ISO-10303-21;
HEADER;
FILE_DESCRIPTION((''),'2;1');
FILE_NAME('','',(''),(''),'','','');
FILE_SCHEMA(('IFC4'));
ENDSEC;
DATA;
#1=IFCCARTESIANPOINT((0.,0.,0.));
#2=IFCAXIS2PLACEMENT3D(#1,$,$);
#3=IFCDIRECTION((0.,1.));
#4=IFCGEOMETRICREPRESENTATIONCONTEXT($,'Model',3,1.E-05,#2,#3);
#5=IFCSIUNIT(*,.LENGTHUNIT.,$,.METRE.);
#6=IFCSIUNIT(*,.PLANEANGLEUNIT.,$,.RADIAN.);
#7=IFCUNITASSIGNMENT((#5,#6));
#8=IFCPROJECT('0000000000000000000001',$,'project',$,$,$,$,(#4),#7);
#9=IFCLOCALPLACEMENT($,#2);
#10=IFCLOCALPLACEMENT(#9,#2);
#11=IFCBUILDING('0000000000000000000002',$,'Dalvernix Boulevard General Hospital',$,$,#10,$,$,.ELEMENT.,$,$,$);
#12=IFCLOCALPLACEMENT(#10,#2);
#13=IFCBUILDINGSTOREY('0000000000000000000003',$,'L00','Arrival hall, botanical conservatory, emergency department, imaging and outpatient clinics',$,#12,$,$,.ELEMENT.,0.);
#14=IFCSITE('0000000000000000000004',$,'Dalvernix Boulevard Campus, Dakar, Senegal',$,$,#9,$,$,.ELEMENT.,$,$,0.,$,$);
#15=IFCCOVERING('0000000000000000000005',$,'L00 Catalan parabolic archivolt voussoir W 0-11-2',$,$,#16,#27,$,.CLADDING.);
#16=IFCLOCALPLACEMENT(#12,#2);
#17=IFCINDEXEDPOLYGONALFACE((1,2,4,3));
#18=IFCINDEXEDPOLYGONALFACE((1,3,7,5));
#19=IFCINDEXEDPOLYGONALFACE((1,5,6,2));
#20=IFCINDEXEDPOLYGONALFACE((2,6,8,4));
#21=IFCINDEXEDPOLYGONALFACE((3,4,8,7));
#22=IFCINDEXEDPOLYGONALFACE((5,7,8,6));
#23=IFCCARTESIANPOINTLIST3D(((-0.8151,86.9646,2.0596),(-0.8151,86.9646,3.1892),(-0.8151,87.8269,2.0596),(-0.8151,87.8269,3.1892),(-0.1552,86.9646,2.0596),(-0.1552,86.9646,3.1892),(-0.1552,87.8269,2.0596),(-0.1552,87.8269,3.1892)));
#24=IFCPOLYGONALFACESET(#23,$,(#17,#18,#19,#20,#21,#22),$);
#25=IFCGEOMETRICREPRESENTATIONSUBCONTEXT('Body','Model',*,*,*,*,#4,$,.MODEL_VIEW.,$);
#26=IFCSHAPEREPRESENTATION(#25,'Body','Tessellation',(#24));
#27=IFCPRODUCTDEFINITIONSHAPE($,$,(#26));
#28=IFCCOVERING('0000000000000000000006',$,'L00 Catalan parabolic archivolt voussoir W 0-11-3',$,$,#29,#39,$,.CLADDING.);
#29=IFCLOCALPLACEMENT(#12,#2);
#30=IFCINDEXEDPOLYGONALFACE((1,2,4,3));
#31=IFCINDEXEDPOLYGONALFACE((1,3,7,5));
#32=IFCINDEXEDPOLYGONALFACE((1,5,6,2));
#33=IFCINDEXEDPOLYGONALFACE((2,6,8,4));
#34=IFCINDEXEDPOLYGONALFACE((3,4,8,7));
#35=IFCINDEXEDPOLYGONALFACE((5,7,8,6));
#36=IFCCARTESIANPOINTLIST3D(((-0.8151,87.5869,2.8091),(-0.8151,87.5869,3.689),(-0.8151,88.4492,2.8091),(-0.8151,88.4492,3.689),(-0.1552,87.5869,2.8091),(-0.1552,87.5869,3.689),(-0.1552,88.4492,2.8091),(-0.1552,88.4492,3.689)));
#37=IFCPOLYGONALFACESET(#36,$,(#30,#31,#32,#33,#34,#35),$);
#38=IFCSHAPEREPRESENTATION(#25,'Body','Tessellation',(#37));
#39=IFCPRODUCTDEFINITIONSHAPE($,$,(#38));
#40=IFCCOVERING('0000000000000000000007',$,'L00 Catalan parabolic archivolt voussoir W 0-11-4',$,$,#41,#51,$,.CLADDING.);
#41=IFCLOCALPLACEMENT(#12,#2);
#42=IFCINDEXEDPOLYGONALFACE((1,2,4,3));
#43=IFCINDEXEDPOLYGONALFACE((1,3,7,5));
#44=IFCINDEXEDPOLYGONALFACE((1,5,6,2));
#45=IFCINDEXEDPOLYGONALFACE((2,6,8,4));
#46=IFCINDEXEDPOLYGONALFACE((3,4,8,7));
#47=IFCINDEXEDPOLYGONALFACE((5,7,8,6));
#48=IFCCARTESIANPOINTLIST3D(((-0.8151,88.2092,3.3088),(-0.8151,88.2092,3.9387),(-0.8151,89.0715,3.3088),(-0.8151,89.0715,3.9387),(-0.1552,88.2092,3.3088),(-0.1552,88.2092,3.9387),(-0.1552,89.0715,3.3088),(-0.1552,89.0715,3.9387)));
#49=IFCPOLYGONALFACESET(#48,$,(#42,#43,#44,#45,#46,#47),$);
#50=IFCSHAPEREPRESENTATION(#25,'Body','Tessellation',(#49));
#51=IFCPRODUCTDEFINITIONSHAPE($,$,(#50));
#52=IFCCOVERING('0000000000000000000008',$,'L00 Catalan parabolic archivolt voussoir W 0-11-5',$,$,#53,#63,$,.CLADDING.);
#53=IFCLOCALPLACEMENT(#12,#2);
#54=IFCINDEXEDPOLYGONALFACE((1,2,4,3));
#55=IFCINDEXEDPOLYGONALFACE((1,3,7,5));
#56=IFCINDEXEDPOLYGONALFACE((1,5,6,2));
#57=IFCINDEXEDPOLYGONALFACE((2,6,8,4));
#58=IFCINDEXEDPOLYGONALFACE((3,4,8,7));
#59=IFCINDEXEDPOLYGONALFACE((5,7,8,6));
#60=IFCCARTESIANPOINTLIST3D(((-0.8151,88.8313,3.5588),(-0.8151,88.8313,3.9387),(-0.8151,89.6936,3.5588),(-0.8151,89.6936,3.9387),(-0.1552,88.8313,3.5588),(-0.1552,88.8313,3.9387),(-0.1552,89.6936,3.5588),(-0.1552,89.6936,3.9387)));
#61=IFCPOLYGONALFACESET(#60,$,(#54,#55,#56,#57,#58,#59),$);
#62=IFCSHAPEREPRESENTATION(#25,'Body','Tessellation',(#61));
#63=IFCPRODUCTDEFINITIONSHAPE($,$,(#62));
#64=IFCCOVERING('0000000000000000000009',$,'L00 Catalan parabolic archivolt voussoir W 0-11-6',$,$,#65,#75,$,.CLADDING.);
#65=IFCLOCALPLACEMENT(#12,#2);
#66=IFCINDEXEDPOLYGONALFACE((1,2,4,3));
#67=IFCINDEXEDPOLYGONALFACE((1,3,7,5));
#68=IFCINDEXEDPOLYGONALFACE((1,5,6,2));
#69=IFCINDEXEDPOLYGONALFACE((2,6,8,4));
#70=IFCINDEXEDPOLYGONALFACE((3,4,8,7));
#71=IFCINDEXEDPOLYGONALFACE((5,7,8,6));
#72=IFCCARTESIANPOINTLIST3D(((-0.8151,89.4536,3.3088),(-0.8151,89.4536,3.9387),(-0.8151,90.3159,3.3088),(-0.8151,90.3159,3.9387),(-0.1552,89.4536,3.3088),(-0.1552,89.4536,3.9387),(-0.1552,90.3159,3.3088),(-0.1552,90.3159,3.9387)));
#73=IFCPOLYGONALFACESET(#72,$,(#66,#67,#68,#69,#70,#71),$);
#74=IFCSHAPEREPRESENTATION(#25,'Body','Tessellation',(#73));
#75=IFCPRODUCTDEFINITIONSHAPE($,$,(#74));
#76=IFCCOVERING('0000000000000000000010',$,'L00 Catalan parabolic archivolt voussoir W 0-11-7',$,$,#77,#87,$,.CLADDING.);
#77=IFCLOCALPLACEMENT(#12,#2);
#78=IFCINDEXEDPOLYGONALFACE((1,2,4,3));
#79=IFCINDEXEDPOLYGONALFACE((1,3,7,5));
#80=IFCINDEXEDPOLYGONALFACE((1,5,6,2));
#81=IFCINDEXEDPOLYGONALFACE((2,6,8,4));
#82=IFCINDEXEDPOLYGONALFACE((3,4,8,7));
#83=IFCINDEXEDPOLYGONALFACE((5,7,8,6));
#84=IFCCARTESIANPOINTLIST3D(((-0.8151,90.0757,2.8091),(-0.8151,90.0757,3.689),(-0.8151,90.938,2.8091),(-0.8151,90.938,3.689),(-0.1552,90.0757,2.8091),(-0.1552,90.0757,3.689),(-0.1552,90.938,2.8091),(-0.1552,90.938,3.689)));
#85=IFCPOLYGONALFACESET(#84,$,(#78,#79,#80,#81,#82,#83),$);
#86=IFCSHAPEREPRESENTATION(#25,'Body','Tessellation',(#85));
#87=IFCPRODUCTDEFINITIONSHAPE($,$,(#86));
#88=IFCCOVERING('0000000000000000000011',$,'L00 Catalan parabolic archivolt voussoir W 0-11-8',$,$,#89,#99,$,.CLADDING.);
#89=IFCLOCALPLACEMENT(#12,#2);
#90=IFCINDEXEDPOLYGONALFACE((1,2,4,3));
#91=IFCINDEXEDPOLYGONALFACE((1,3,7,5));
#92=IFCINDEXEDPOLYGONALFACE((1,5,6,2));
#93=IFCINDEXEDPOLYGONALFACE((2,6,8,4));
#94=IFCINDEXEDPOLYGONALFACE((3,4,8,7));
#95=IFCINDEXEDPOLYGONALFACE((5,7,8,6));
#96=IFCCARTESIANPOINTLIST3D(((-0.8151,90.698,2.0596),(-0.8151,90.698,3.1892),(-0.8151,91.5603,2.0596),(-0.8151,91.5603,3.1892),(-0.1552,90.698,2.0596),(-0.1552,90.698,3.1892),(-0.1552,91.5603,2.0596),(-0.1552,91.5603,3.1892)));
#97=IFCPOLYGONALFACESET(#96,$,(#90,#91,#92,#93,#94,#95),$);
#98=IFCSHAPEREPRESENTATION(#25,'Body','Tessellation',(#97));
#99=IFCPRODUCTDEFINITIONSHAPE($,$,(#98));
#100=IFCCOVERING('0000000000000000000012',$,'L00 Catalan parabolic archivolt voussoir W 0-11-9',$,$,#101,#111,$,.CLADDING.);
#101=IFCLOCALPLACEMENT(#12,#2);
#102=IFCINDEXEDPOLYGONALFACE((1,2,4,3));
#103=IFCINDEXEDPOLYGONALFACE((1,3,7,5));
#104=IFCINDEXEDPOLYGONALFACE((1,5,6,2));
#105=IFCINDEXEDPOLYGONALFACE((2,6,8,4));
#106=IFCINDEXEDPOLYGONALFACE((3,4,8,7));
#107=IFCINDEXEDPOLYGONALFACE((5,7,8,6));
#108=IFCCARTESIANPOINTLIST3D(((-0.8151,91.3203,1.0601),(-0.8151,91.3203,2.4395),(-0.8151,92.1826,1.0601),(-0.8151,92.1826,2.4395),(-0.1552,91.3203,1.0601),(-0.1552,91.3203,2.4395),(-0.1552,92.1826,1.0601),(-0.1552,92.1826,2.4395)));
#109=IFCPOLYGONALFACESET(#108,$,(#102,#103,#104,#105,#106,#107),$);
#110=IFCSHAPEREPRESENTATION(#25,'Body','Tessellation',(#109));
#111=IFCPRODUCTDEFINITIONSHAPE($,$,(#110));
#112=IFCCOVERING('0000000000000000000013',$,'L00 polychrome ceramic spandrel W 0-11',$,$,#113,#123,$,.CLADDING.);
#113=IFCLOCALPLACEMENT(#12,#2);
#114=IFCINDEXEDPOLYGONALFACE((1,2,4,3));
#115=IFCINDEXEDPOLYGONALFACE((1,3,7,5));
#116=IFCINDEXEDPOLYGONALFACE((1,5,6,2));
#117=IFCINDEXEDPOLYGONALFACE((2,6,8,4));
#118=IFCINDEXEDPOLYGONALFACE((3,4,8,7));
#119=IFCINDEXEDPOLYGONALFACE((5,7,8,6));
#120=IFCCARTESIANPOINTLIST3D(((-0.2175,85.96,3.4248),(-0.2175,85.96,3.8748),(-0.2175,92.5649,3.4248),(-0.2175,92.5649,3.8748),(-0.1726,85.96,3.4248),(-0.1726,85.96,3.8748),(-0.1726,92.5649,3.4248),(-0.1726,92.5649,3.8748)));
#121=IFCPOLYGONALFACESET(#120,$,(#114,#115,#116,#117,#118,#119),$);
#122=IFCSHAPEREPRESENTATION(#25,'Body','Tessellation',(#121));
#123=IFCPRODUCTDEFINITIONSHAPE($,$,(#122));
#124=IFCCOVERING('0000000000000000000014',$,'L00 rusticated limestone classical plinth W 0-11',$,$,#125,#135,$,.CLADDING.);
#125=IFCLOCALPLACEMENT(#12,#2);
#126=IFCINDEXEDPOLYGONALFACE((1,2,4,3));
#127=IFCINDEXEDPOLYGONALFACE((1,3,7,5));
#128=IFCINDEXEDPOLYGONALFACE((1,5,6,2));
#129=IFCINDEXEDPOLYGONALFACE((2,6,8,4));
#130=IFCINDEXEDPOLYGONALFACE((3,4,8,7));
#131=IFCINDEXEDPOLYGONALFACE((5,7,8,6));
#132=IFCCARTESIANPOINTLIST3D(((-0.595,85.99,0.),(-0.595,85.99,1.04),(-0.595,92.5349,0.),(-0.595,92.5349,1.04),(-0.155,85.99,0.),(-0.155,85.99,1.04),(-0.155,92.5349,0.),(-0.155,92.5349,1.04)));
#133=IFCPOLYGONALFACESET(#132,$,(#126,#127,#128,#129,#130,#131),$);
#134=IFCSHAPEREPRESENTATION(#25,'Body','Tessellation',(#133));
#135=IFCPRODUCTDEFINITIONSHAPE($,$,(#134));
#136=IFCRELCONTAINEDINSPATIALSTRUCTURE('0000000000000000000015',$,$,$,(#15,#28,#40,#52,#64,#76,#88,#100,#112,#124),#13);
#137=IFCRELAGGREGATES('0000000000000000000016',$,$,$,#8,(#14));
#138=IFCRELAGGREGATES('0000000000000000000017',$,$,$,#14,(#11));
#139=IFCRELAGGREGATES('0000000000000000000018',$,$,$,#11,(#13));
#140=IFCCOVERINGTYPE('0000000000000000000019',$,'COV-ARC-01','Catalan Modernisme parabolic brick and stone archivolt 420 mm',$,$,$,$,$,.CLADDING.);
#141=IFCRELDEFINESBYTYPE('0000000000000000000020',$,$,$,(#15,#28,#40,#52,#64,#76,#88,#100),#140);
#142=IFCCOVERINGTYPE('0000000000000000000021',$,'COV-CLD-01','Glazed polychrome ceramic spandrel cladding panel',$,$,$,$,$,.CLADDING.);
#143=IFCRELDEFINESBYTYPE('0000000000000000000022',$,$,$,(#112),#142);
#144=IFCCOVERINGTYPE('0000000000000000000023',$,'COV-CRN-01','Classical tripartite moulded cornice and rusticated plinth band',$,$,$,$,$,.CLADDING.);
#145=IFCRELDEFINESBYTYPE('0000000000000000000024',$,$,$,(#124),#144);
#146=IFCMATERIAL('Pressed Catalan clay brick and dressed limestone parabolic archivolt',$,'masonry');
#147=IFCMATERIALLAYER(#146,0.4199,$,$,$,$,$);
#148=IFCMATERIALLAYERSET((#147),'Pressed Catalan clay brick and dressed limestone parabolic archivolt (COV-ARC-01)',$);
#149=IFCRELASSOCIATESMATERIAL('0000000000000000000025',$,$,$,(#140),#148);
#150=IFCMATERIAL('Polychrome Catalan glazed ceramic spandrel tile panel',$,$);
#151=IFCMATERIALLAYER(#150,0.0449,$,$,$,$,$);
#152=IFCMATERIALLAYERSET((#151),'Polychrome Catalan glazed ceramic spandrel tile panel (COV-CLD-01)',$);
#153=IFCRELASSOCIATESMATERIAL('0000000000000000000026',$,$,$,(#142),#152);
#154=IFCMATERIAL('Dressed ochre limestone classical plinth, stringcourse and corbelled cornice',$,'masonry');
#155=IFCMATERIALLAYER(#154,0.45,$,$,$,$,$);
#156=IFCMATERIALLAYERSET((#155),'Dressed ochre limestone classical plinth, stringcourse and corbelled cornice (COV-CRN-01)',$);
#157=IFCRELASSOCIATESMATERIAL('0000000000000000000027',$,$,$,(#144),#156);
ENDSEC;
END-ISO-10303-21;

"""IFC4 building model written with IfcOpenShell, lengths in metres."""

from ifc_helpers import new_model, si_unit, direction, frame, origin, origin_2d, place, context, subcontext, project, spatial, rectangle, extrude, material, layer, layer_set, type_object, element, save


model = new_model("IFC4")

# Units and contexts
model_context = context("Model", 3, precision=1e-05, world=origin(), true_north=direction((0.0, 1.0)))
body_context = subcontext(model_context, "Body", "Model", "MODEL_VIEW")
ifc_project = project(units=[si_unit("LENGTHUNIT", "METRE"), si_unit("PLANEANGLEUNIT", "RADIAN")], contexts=[model_context])

# Site, building, storey
site_placement = place(None, origin())
site = spatial("IfcSite", under=ifc_project, at=site_placement, Name="Dalvernix Boulevard Campus, Dakar, Senegal", CompositionType="ELEMENT", RefElevation=0.0)
building_placement = place(site_placement, origin())
building = spatial("IfcBuilding", under=site, at=building_placement, Name="Dalvernix Boulevard General Hospital", CompositionType="ELEMENT")
storey_placement = place(building_placement, origin())
storey = spatial("IfcBuildingStorey", under=building, at=storey_placement, Name="L00", Description="Arrival hall, botanical conservatory, emergency department, imaging and outpatient clinics", CompositionType="ELEMENT", Elevation=0.0)

# Coverings
ifc_material_1 = material(Name="Pressed Catalan clay brick and dressed limestone parabolic archivolt", Category="masonry")
ifc_layer_1 = layer(ifc_material_1, 0.4199)
ifc_layer_set_1 = layer_set([ifc_layer_1], Name="Pressed Catalan clay brick and dressed limestone parabolic archivolt (COV-ARC-01)")
covering_type_1 = type_object("IfcCoveringType", Name="COV-ARC-01", Description="Catalan Modernisme parabolic brick and stone archivolt 420 mm", PredefinedType="CLADDING", material=ifc_layer_set_1)
covering_1_placement = place(storey_placement, frame((-0.4851, 87.3958, 2.0596), z_axis=(0.0, 0.0, 1.0), x_axis=(0.0, 1.0, 0.0)))
element("IfcCovering", 1, at=covering_1_placement, inside=storey, type_object=covering_type_1, Name="L00 Catalan parabolic archivolt voussoir W 0-11-2", PredefinedType="CLADDING", context=body_context, shape_type="SweptSolid", body=[
    extrude(rectangle(XDim=0.8623, YDim=0.6599, at=origin_2d()), origin(), (0.0, 0.0, 1.0), 1.1296),
])
covering_2_placement = place(storey_placement, frame((-0.4851, 88.0181, 2.8091), z_axis=(0.0, 0.0, 1.0), x_axis=(0.0, 1.0, 0.0)))
element("IfcCovering", 2, at=covering_2_placement, inside=storey, type_object=covering_type_1, Name="L00 Catalan parabolic archivolt voussoir W 0-11-3", PredefinedType="CLADDING", context=body_context, shape_type="SweptSolid", body=[
    extrude(rectangle(XDim=0.8623, YDim=0.6599, at=origin_2d()), origin(), (0.0, 0.0, 1.0), 0.8799),
])
covering_3_placement = place(storey_placement, frame((-0.4851, 88.6404, 3.3088), z_axis=(0.0, 0.0, 1.0), x_axis=(0.0, 1.0, 0.0)))
element("IfcCovering", 3, at=covering_3_placement, inside=storey, type_object=covering_type_1, Name="L00 Catalan parabolic archivolt voussoir W 0-11-4", PredefinedType="CLADDING", context=body_context, shape_type="SweptSolid", body=[
    extrude(rectangle(XDim=0.8623, YDim=0.6599, at=origin_2d()), origin(), (0.0, 0.0, 1.0), 0.6299),
])
covering_4_placement = place(storey_placement, frame((-0.4851, 89.2625, 3.5588), z_axis=(0.0, 0.0, 1.0), x_axis=(0.0, 1.0, 0.0)))
element("IfcCovering", 4, at=covering_4_placement, inside=storey, type_object=covering_type_1, Name="L00 Catalan parabolic archivolt voussoir W 0-11-5", PredefinedType="CLADDING", context=body_context, shape_type="SweptSolid", body=[
    extrude(rectangle(XDim=0.8623, YDim=0.6599, at=origin_2d()), origin(), (0.0, 0.0, 1.0), 0.3799),
])
covering_5_placement = place(storey_placement, frame((-0.4851, 89.8848, 3.3088), z_axis=(0.0, 0.0, 1.0), x_axis=(0.0, 1.0, 0.0)))
element("IfcCovering", 5, at=covering_5_placement, inside=storey, type_object=covering_type_1, Name="L00 Catalan parabolic archivolt voussoir W 0-11-6", PredefinedType="CLADDING", context=body_context, shape_type="SweptSolid", body=[
    extrude(rectangle(XDim=0.8623, YDim=0.6599, at=origin_2d()), origin(), (0.0, 0.0, 1.0), 0.6299),
])
covering_6_placement = place(storey_placement, frame((-0.4851, 90.5068, 2.8091), z_axis=(0.0, 0.0, 1.0), x_axis=(0.0, 1.0, 0.0)))
element("IfcCovering", 6, at=covering_6_placement, inside=storey, type_object=covering_type_1, Name="L00 Catalan parabolic archivolt voussoir W 0-11-7", PredefinedType="CLADDING", context=body_context, shape_type="SweptSolid", body=[
    extrude(rectangle(XDim=0.8623, YDim=0.6599, at=origin_2d()), origin(), (0.0, 0.0, 1.0), 0.8799),
])
covering_7_placement = place(storey_placement, frame((-0.4851, 91.1292, 2.0596), z_axis=(0.0, 0.0, 1.0), x_axis=(0.0, 1.0, 0.0)))
element("IfcCovering", 7, at=covering_7_placement, inside=storey, type_object=covering_type_1, Name="L00 Catalan parabolic archivolt voussoir W 0-11-8", PredefinedType="CLADDING", context=body_context, shape_type="SweptSolid", body=[
    extrude(rectangle(XDim=0.8623, YDim=0.6599, at=origin_2d()), origin(), (0.0, 0.0, 1.0), 1.1296),
])
covering_8_placement = place(storey_placement, frame((-0.4851, 91.7515, 1.0601), z_axis=(0.0, 0.0, 1.0), x_axis=(0.0, 1.0, 0.0)))
element("IfcCovering", 8, at=covering_8_placement, inside=storey, type_object=covering_type_1, Name="L00 Catalan parabolic archivolt voussoir W 0-11-9", PredefinedType="CLADDING", context=body_context, shape_type="SweptSolid", body=[
    extrude(rectangle(XDim=0.8623, YDim=0.6599, at=origin_2d()), origin(), (0.0, 0.0, 1.0), 1.3794),
])
ifc_material_2 = material(Name="Polychrome Catalan glazed ceramic spandrel tile panel")
ifc_layer_2 = layer(ifc_material_2, 0.0449)
ifc_layer_set_2 = layer_set([ifc_layer_2], Name="Polychrome Catalan glazed ceramic spandrel tile panel (COV-CLD-01)")
covering_type_2 = type_object("IfcCoveringType", Name="COV-CLD-01", Description="Glazed polychrome ceramic spandrel cladding panel", PredefinedType="CLADDING", material=ifc_layer_set_2)
covering_9_placement = place(storey_placement, frame((-0.1951, 89.2625, 3.4248), z_axis=(0.0, 0.0, 1.0), x_axis=(0.0, 1.0, 0.0)))
element("IfcCovering", 9, at=covering_9_placement, inside=storey, type_object=covering_type_2, Name="L00 polychrome ceramic spandrel W 0-11", PredefinedType="CLADDING", context=body_context, shape_type="SweptSolid", body=[
    extrude(rectangle(XDim=6.605, YDim=0.0449, at=origin_2d()), origin(), (0.0, 0.0, 1.0), 0.45),
])
ifc_material_3 = material(Name="Dressed ochre limestone classical plinth, stringcourse and corbelled cornice", Category="masonry")
ifc_layer_3 = layer(ifc_material_3, 0.45)
ifc_layer_set_3 = layer_set([ifc_layer_3], Name="Dressed ochre limestone classical plinth, stringcourse and corbelled cornice (COV-CRN-01)")
covering_type_3 = type_object("IfcCoveringType", Name="COV-CRN-01", Description="Classical tripartite moulded cornice and rusticated plinth band", PredefinedType="CLADDING", material=ifc_layer_set_3)
covering_10_placement = place(storey_placement, frame((-0.375, 89.2625, 0.0), z_axis=(0.0, 0.0, 1.0), x_axis=(0.0, 1.0, 0.0)))
element("IfcCovering", 10, at=covering_10_placement, inside=storey, type_object=covering_type_3, Name="L00 rusticated limestone classical plinth W 0-11", PredefinedType="CLADDING", context=body_context, shape_type="SweptSolid", body=[
    extrude(rectangle(XDim=6.5449, YDim=0.4399, at=origin_2d()), origin(), (0.0, 0.0, 1.0), 1.04),
])

save(model, "model.ifc")
